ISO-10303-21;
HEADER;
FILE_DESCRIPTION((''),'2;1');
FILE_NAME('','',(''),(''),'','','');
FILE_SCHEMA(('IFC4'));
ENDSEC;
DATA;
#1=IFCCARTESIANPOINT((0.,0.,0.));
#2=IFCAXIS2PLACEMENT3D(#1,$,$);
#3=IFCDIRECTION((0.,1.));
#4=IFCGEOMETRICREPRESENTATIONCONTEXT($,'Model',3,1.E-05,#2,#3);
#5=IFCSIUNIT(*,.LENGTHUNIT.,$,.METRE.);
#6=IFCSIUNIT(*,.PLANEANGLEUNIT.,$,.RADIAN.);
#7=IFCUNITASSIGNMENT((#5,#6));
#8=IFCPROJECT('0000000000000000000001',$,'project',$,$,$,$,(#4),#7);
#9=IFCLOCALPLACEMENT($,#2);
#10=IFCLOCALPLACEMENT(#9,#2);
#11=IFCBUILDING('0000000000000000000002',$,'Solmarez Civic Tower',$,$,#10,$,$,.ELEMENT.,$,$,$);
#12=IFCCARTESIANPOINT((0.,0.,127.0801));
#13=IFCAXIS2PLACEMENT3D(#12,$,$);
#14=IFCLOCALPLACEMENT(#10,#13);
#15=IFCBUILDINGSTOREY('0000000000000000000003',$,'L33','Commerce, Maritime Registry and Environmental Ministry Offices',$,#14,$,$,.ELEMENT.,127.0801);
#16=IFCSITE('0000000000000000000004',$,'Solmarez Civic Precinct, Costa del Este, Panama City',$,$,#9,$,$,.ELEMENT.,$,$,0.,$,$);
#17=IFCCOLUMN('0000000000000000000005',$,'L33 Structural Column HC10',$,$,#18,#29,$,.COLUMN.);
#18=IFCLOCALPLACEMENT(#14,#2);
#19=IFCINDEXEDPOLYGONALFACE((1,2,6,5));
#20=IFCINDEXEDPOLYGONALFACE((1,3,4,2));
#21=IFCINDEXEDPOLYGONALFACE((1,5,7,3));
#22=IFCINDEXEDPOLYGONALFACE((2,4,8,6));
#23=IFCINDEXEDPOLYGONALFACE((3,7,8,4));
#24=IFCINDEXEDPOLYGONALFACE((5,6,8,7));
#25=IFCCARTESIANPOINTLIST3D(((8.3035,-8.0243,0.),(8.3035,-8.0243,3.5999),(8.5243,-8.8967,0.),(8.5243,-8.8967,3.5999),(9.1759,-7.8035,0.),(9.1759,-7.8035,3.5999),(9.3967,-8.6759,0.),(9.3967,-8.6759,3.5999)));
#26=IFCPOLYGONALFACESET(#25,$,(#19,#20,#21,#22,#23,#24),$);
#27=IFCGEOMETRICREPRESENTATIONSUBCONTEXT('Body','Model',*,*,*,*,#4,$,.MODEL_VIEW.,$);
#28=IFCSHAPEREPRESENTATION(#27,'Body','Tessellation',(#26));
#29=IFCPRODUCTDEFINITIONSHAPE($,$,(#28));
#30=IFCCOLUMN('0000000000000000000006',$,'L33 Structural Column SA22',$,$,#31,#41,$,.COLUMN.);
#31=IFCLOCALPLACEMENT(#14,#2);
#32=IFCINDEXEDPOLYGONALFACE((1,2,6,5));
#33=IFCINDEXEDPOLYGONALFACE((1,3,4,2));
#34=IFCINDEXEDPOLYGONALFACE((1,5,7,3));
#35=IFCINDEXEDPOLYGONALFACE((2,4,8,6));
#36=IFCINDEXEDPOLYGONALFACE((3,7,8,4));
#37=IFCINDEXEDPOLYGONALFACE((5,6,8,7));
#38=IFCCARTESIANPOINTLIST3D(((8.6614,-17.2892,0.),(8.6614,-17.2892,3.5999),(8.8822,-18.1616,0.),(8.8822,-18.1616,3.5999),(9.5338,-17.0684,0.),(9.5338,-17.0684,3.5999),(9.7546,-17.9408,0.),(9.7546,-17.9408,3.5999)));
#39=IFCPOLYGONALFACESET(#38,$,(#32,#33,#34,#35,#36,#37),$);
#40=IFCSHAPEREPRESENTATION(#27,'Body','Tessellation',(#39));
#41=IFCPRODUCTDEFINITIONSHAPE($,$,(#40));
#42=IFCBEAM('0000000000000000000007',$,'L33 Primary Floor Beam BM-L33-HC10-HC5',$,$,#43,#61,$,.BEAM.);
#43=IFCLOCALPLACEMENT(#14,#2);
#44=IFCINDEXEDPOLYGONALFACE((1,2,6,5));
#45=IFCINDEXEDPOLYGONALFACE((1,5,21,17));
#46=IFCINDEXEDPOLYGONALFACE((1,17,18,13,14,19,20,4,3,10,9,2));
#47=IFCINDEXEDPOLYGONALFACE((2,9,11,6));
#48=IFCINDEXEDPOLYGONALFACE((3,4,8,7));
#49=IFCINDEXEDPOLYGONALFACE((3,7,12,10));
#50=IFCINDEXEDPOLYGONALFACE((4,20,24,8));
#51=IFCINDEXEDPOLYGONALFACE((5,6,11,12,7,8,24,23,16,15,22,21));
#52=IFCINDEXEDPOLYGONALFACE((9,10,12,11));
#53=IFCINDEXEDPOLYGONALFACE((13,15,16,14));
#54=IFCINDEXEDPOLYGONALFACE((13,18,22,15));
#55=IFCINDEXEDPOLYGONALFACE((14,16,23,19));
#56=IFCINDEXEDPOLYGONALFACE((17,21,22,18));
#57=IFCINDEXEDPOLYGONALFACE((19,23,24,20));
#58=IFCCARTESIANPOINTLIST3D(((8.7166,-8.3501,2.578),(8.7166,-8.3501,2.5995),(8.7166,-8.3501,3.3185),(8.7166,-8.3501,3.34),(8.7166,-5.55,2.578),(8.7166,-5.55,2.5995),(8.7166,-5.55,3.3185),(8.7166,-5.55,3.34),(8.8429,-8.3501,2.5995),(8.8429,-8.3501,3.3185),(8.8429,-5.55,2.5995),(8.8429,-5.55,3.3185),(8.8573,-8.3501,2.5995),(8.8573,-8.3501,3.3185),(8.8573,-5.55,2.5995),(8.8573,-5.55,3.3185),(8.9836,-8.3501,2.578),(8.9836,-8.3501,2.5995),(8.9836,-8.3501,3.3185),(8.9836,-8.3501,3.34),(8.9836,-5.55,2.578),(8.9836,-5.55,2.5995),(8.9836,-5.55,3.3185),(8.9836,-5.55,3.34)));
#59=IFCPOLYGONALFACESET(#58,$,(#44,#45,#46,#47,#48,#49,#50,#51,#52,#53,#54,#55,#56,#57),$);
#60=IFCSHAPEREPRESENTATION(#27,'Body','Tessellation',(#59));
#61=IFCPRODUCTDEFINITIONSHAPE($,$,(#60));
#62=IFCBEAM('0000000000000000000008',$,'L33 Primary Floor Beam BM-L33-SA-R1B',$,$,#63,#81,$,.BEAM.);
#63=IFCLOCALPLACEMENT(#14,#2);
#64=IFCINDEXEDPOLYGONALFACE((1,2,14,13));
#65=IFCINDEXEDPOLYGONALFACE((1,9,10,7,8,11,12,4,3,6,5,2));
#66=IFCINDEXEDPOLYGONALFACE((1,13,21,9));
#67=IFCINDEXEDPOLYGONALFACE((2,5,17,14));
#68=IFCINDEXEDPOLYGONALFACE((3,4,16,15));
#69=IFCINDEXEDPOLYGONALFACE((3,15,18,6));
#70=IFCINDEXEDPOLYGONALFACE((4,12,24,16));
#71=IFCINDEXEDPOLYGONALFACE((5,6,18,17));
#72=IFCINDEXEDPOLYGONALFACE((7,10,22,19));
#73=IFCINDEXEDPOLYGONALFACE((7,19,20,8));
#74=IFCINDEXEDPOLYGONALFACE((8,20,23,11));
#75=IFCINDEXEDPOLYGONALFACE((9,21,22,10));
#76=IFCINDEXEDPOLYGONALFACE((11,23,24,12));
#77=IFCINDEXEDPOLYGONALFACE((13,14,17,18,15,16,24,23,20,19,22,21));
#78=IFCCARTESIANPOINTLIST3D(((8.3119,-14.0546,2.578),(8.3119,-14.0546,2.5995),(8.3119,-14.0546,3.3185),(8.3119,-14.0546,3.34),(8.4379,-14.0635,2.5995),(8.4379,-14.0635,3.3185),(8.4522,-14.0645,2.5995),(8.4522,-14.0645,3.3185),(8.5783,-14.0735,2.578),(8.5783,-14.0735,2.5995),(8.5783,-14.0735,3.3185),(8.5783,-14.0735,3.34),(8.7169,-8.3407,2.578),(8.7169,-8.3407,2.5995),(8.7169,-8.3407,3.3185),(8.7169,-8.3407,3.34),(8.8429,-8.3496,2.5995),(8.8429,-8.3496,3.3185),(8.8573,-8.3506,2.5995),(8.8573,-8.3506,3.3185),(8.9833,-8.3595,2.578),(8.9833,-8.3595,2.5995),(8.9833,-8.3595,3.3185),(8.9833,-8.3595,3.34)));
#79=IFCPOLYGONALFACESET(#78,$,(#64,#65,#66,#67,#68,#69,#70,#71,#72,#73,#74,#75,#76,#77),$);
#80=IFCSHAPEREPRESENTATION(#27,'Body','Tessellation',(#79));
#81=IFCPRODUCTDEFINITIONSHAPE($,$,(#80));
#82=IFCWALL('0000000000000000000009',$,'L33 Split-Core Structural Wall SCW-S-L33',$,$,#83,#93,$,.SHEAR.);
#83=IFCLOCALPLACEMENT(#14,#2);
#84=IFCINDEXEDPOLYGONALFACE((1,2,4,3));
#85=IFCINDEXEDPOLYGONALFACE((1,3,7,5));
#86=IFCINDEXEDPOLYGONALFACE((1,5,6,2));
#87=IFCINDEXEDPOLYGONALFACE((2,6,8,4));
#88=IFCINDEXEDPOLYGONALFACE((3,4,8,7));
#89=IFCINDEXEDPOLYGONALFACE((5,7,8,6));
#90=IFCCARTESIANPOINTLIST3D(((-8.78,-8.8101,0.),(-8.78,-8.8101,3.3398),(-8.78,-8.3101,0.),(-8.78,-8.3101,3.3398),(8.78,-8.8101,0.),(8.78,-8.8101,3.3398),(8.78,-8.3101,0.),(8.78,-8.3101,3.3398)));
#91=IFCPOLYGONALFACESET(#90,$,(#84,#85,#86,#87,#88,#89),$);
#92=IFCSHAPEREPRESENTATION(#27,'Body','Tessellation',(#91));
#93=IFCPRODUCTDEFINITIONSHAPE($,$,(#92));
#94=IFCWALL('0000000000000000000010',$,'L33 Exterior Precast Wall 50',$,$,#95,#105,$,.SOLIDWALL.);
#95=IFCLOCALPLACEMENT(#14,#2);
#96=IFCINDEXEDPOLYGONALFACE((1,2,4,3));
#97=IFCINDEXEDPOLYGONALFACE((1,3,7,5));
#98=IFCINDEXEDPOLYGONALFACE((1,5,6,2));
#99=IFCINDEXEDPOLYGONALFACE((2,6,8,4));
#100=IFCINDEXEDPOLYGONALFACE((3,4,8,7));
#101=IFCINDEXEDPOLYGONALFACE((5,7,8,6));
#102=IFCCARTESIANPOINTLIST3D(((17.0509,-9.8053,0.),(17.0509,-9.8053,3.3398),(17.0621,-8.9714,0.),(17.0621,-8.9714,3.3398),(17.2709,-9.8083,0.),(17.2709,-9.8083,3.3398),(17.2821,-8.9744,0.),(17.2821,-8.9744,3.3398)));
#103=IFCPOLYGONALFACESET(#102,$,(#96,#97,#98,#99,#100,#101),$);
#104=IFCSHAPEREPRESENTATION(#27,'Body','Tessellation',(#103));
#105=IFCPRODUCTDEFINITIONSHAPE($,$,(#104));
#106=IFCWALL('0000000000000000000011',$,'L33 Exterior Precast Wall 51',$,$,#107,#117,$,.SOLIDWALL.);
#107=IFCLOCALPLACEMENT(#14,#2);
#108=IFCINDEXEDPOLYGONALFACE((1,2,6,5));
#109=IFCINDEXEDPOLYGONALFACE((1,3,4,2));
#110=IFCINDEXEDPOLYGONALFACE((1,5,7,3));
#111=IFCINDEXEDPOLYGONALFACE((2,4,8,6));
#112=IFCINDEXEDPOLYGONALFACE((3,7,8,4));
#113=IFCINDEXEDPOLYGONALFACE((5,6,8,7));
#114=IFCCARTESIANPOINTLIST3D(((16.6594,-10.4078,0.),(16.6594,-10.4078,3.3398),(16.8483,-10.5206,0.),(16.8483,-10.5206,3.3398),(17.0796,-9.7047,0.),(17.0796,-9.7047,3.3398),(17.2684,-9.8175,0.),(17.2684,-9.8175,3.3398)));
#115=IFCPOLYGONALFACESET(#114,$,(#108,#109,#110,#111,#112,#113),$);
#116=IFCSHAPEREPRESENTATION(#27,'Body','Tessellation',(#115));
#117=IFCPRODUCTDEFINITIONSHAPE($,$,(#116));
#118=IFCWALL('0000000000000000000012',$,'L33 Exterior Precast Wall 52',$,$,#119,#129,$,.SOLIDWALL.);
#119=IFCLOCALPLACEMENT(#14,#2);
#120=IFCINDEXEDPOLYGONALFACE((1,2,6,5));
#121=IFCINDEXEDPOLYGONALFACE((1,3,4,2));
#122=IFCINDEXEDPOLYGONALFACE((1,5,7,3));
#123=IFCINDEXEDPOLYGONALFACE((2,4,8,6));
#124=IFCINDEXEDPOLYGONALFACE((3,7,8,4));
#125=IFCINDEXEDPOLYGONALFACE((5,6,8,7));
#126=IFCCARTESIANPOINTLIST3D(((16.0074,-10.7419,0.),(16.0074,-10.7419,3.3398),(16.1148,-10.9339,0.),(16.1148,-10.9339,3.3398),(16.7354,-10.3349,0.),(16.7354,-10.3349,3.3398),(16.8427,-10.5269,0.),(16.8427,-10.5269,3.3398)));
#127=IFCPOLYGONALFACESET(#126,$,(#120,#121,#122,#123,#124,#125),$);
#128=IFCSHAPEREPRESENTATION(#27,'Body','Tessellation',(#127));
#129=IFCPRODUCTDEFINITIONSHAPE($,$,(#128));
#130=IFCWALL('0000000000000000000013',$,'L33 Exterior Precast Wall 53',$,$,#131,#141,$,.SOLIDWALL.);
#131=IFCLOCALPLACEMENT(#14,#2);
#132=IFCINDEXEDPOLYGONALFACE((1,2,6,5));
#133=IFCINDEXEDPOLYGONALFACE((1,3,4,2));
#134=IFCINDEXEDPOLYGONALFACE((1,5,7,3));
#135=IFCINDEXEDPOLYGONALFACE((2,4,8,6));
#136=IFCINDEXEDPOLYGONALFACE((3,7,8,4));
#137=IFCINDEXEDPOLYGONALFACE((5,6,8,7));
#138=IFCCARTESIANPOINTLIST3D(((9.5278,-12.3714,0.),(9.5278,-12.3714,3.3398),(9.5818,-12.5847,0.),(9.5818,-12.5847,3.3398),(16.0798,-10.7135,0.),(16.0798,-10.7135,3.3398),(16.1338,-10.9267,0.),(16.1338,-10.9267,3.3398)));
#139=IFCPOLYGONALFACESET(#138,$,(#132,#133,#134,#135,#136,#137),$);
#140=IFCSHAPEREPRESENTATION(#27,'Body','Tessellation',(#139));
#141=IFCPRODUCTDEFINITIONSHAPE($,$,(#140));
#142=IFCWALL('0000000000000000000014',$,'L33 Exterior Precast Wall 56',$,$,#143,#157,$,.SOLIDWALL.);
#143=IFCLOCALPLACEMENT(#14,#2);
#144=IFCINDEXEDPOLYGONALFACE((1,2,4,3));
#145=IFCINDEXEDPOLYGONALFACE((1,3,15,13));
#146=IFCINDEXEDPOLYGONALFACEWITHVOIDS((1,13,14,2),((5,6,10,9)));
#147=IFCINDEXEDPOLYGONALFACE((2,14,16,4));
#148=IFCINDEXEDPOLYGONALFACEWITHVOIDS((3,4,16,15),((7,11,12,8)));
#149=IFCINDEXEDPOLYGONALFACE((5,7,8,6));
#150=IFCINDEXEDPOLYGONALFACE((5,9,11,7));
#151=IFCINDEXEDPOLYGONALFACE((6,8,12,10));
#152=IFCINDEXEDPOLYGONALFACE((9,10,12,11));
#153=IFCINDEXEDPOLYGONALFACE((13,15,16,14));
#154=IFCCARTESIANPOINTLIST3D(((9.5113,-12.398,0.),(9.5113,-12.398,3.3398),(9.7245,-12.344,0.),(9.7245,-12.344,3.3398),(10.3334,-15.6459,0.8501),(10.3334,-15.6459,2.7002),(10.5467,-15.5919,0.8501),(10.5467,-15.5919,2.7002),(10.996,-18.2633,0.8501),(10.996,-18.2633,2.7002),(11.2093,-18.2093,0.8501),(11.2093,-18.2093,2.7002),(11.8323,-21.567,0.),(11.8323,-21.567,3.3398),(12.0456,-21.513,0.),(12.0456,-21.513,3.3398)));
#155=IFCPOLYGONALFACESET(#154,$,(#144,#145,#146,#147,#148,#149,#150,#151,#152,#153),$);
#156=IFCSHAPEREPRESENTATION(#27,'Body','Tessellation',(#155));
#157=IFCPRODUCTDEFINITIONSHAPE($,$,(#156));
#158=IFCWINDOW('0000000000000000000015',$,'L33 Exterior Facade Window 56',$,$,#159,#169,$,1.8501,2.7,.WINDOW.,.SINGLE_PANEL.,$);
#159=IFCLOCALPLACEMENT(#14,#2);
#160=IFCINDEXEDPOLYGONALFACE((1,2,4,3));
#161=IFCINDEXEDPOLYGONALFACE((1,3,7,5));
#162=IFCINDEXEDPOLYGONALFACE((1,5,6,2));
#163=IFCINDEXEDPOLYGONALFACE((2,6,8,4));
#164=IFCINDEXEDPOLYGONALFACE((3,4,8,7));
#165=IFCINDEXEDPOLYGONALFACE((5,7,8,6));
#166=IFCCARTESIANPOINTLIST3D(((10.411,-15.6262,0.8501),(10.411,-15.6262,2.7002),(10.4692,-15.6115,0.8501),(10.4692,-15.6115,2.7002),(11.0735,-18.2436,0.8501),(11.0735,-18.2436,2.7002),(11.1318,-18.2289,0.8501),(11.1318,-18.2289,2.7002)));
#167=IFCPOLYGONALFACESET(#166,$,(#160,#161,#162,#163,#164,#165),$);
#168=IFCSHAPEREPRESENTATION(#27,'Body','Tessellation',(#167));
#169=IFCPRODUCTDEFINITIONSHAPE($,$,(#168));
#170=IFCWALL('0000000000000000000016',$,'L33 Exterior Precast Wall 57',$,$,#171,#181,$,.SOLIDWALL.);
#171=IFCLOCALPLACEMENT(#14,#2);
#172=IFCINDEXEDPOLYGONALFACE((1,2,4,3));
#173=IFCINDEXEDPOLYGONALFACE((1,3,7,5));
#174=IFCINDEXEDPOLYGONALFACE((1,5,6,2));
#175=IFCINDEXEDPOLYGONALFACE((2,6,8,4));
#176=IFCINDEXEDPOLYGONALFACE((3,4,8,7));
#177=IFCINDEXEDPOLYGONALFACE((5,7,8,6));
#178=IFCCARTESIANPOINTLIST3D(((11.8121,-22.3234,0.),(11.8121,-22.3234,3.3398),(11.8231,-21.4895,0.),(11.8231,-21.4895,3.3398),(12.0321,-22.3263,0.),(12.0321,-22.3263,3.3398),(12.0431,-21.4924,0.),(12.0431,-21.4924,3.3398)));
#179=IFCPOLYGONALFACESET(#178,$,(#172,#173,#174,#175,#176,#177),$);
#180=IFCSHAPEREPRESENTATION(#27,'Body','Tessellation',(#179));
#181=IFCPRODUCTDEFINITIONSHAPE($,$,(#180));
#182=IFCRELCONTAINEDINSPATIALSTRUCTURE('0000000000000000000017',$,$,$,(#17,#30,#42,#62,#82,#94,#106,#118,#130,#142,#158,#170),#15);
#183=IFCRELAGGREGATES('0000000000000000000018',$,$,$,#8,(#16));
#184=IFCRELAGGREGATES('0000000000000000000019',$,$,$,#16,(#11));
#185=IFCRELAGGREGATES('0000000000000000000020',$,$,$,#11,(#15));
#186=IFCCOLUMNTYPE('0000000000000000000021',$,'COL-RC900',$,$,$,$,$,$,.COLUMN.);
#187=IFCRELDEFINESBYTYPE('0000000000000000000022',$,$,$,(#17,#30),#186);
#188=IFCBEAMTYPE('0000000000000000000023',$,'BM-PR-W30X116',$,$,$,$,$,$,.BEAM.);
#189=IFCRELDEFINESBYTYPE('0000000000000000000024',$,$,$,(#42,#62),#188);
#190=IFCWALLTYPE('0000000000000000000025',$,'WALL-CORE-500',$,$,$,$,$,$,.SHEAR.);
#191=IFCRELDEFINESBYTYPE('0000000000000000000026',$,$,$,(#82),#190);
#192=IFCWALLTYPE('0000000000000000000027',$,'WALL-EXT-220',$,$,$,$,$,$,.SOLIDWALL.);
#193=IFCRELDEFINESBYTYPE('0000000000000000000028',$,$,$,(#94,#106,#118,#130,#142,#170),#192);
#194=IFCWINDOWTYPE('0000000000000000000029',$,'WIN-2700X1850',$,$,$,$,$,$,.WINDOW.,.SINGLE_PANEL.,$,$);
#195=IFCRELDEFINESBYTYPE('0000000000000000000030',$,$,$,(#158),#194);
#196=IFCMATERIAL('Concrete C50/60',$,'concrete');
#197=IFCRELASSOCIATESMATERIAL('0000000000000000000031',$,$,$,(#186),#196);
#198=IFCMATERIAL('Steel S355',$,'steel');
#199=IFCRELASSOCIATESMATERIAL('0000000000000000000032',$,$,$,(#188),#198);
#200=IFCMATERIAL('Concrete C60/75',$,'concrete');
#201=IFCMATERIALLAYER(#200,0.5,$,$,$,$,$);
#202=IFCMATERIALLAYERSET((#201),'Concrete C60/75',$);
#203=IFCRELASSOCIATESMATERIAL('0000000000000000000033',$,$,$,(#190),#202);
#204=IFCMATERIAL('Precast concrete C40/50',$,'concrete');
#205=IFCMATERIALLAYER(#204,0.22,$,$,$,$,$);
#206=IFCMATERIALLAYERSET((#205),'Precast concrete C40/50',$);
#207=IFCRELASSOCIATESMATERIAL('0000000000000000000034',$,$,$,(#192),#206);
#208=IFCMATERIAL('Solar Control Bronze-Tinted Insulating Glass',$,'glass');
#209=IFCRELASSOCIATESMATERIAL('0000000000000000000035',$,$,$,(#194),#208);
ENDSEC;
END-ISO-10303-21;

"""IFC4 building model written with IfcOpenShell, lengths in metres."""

from ifc_helpers import new_model, si_unit, direction, frame, frame_2d, origin, origin_2d, place, context, subcontext, project, spatial, rectangle, i_section, extrude, material, layer, layer_set, material_profile, profile_set, type_object, element, fill, save


model = new_model("IFC4")

# Units and contexts
model_context = context("Model", 3, precision=1e-05, world=origin(), true_north=direction((0.0, 1.0)))
body_context = subcontext(model_context, "Body", "Model", "MODEL_VIEW")
ifc_project = project(units=[si_unit("LENGTHUNIT", "METRE"), si_unit("PLANEANGLEUNIT", "RADIAN")], contexts=[model_context])

# Site, building, storey
site_placement = place(None, origin())
site = spatial("IfcSite", under=ifc_project, at=site_placement, Name="Solmarez Civic Precinct, Costa del Este, Panama City", CompositionType="ELEMENT", RefElevation=0.0)
building_placement = place(site_placement, origin())
building = spatial("IfcBuilding", under=site, at=building_placement, Name="Solmarez Civic Tower", CompositionType="ELEMENT")
storey_placement = place(building_placement, frame((0.0, 0.0, 127.0801)))
storey = spatial("IfcBuildingStorey", under=building, at=storey_placement, Name="L33", Description="Commerce, Maritime Registry and Environmental Ministry Offices", CompositionType="ELEMENT", Elevation=127.0801)

# Columns
ifc_material_1 = material(Name="Concrete C50/60", Category="concrete")
ifc_material_profile_1 = material_profile(ifc_material_1, rectangle(XDim=0.8999, YDim=0.8999, at=origin_2d()), Name="RC900X900")
ifc_profile_set_1 = profile_set([ifc_material_profile_1], Name="Concrete C50/60")
column_type = type_object("IfcColumnType", Name="COL-RC900", PredefinedType="COLUMN", material=ifc_profile_set_1)
for number, where, z_axis, x_axis, name in (
    (1, (8.8501, -8.3501, 0.0), (0.0, 0.0, 1.0), (0.969445, 0.245307, 0.0), "L33 Structural Column HC10"),
    (2, (9.208, -17.615, 0.0), (0.0, 0.0, 1.0), (0.969445, 0.245307, 0.0), "L33 Structural Column SA22"),
):
    element("IfcColumn", number, at=place(storey_placement, frame(where, z_axis=z_axis, x_axis=x_axis)), inside=storey, type_object=column_type, Name=name, PredefinedType="COLUMN", context=body_context, shape_type="SweptSolid", body=[
        extrude(rectangle(XDim=0.8999, YDim=0.8999, at=origin_2d()), origin(), (0.0, 0.0, 1.0), 3.5999),
    ])

# Beams
ifc_material_2 = material(Name="Steel S355", Category="steel")
ifc_material_profile_2 = material_profile(ifc_material_2, i_section(OverallWidth=0.2671, OverallDepth=0.762, WebThickness=0.0144, FlangeThickness=0.0215, at=origin_2d()), Name="W30X116")
ifc_profile_set_2 = profile_set([ifc_material_profile_2], Name="Steel S355")
beam_type = type_object("IfcBeamType", Name="BM-PR-W30X116", PredefinedType="BEAM", material=ifc_profile_set_2)
beam_1_placement = place(storey_placement, frame((8.8501, -8.3501, 2.959), z_axis=(0.0, 1.0, 0.0), x_axis=(-1.0, 0.0, 0.0)))
element("IfcBeam", 3, at=beam_1_placement, inside=storey, type_object=beam_type, Name="L33 Primary Floor Beam BM-L33-HC10-HC5", PredefinedType="BEAM", context=body_context, shape_type="SweptSolid", body=[
    extrude(i_section(OverallWidth=0.2671, OverallDepth=0.762, WebThickness=0.0144, FlangeThickness=0.0215, at=origin_2d()), origin(), (0.0, 0.0, 1.0), 2.8),
])
beam_2_placement = place(storey_placement, frame((8.8501, -8.3501, 2.959), z_axis=(-0.070708, -0.997497, 0.0), x_axis=(0.997497, -0.070708, 0.0)))
element("IfcBeam", 4, at=beam_2_placement, inside=storey, type_object=beam_type, Name="L33 Primary Floor Beam BM-L33-SA-R1B", PredefinedType="BEAM", context=body_context, shape_type="SweptSolid", body=[
    extrude(i_section(OverallWidth=0.2671, OverallDepth=0.762, WebThickness=0.0144, FlangeThickness=0.0215, at=origin_2d()), origin(), (0.0, 0.0, 1.0), 5.7283),
])

# Walls
ifc_material_3 = material(Name="Concrete C60/75", Category="concrete")
ifc_layer_1 = layer(ifc_material_3, 0.5)
ifc_layer_set_1 = layer_set([ifc_layer_1], Name="Concrete C60/75")
wall_type_1 = type_object("IfcWallType", Name="WALL-CORE-500", PredefinedType="SHEAR", material=ifc_layer_set_1)
wall_1_placement = place(storey_placement, frame((8.78, -8.5601, 0.0), z_axis=(0.0, 0.0, 1.0), x_axis=(-1.0, 0.0, 0.0)))
element("IfcWall", 5, at=wall_1_placement, inside=storey, type_object=wall_type_1, Name="L33 Split-Core Structural Wall SCW-S-L33", PredefinedType="SHEAR", context=body_context, shape_type="SweptSolid", body=[
    extrude(rectangle(XDim=17.5601, YDim=0.5, at=frame_2d((8.78, 0.0))), origin(), (0.0, 0.0, 1.0), 3.3398),
])
ifc_material_4 = material(Name="Precast concrete C40/50", Category="concrete")
ifc_layer_2 = layer(ifc_material_4, 0.22)
ifc_layer_set_2 = layer_set([ifc_layer_2], Name="Precast concrete C40/50")
wall_type_2 = type_object("IfcWallType", Name="WALL-EXT-220", PredefinedType="SOLIDWALL", material=ifc_layer_set_2)
wall_2_placement = place(storey_placement, frame((17.1721, -8.9729, 0.0), z_axis=(0.0, 0.0, 1.0), x_axis=(-0.013465, -0.999909, 0.0)))
element("IfcWall", 6, at=wall_2_placement, inside=storey, type_object=wall_type_2, Name="L33 Exterior Precast Wall 50", PredefinedType="SOLIDWALL", context=body_context, shape_type="SweptSolid", body=[
    extrude(rectangle(XDim=0.834, YDim=0.22, at=frame_2d((0.417, 0.0))), origin(), (0.0, 0.0, 1.0), 3.3398),
])
wall_3_placement = place(storey_placement, frame((17.1741, -9.761, 0.0), z_axis=(0.0, 0.0, 1.0), x_axis=(-0.512961, -0.858412, 0.0)))
element("IfcWall", 7, at=wall_3_placement, inside=storey, type_object=wall_type_2, Name="L33 Exterior Precast Wall 51", PredefinedType="SOLIDWALL", context=body_context, shape_type="SweptSolid", body=[
    extrude(rectangle(XDim=0.8191, YDim=0.22, at=frame_2d((0.4097, 0.0))), origin(), (0.0, 0.0, 1.0), 3.3398),
])
wall_4_placement = place(storey_placement, frame((16.7891, -10.4309, 0.0), z_axis=(0.0, 0.0, 1.0), x_axis=(-0.87287, -0.487953, 0.0)))
element("IfcWall", 8, at=wall_4_placement, inside=storey, type_object=wall_type_2, Name="L33 Exterior Precast Wall 52", PredefinedType="SOLIDWALL", context=body_context, shape_type="SweptSolid", body=[
    extrude(rectangle(XDim=0.834, YDim=0.22, at=frame_2d((0.417, 0.0))), origin(), (0.0, 0.0, 1.0), 3.3398),
])
wall_5_placement = place(storey_placement, frame((16.1069, -10.8201, 0.0), z_axis=(0.0, 0.0, 1.0), x_axis=(-0.969444, -0.245314, 0.0)))
element("IfcWall", 9, at=wall_5_placement, inside=storey, type_object=wall_type_2, Name="L33 Exterior Precast Wall 53", PredefinedType="SOLIDWALL", context=body_context, shape_type="SweptSolid", body=[
    extrude(rectangle(XDim=6.7585, YDim=0.22, at=frame_2d((3.3794, 0.0))), origin(), (0.0, 0.0, 1.0), 3.3398),
])

# Wall, opening, window
wall_6_placement = place(storey_placement, frame((9.6179, -12.3711, 0.0), z_axis=(0.0, 0.0, 1.0), x_axis=(0.245401, -0.969422, 0.0)))
wall_6 = element("IfcWall", 10, at=wall_6_placement, inside=storey, type_object=wall_type_2, Name="L33 Exterior Precast Wall 56", PredefinedType="SOLIDWALL", context=body_context, shape_type="SweptSolid", body=[
    extrude(rectangle(XDim=9.4583, YDim=0.22, at=frame_2d((4.729, 0.0))), origin(), (0.0, 0.0, 1.0), 3.3398),
])
opening_1_placement = place(wall_6_placement, frame((3.3501, 0.0, 0.8501)))
opening_1 = element("IfcOpeningElement", 11, at=opening_1_placement, cuts=wall_6, PredefinedType="OPENING", context=body_context, shape_type="SweptSolid", body=[
    extrude(rectangle(XDim=2.7, YDim=1.8501, at=frame_2d((1.3501, 0.925))), frame((0.0, 0.1199, 0.0), z_axis=(0.0, -1.0, 0.0), x_axis=(1.0, 0.0, 0.0)), (0.0, 0.0, 1.0), 0.24),
])
ifc_material_5 = material(Name="Solar Control Bronze-Tinted Insulating Glass", Category="glass")
window_type_1 = type_object("IfcWindowType", Name="WIN-2700X1850", PartitioningType="SINGLE_PANEL", PredefinedType="WINDOW", material=ifc_material_5)
window_1_placement = place(opening_1_placement, origin())
window_1 = element("IfcWindow", 12, at=window_1_placement, inside=storey, type_object=window_type_1, Name="L33 Exterior Facade Window 56", OverallHeight=1.8501, OverallWidth=2.7, PartitioningType="SINGLE_PANEL", PredefinedType="WINDOW", context=body_context, shape_type="SweptSolid", body=[
    extrude(rectangle(XDim=2.7, YDim=1.8501, at=frame_2d((1.3501, 0.925))), frame((0.0, 0.03, 0.0), z_axis=(0.0, -1.0, 0.0), x_axis=(1.0, 0.0, 0.0)), (0.0, 0.0, 1.0), 0.0601),
])
fill(opening_1, window_1)

# Wall
wall_7_placement = place(storey_placement, frame((11.9331, -21.491, 0.0), z_axis=(0.0, 0.0, 1.0), x_axis=(-0.013172, -0.999913, 0.0)))
element("IfcWall", 13, at=wall_7_placement, inside=storey, type_object=wall_type_2, Name="L33 Exterior Precast Wall 57", PredefinedType="SOLIDWALL", context=body_context, shape_type="SweptSolid", body=[
    extrude(rectangle(XDim=0.834, YDim=0.22, at=frame_2d((0.417, 0.0))), origin(), (0.0, 0.0, 1.0), 3.3398),
])

save(model, "model.ifc")
